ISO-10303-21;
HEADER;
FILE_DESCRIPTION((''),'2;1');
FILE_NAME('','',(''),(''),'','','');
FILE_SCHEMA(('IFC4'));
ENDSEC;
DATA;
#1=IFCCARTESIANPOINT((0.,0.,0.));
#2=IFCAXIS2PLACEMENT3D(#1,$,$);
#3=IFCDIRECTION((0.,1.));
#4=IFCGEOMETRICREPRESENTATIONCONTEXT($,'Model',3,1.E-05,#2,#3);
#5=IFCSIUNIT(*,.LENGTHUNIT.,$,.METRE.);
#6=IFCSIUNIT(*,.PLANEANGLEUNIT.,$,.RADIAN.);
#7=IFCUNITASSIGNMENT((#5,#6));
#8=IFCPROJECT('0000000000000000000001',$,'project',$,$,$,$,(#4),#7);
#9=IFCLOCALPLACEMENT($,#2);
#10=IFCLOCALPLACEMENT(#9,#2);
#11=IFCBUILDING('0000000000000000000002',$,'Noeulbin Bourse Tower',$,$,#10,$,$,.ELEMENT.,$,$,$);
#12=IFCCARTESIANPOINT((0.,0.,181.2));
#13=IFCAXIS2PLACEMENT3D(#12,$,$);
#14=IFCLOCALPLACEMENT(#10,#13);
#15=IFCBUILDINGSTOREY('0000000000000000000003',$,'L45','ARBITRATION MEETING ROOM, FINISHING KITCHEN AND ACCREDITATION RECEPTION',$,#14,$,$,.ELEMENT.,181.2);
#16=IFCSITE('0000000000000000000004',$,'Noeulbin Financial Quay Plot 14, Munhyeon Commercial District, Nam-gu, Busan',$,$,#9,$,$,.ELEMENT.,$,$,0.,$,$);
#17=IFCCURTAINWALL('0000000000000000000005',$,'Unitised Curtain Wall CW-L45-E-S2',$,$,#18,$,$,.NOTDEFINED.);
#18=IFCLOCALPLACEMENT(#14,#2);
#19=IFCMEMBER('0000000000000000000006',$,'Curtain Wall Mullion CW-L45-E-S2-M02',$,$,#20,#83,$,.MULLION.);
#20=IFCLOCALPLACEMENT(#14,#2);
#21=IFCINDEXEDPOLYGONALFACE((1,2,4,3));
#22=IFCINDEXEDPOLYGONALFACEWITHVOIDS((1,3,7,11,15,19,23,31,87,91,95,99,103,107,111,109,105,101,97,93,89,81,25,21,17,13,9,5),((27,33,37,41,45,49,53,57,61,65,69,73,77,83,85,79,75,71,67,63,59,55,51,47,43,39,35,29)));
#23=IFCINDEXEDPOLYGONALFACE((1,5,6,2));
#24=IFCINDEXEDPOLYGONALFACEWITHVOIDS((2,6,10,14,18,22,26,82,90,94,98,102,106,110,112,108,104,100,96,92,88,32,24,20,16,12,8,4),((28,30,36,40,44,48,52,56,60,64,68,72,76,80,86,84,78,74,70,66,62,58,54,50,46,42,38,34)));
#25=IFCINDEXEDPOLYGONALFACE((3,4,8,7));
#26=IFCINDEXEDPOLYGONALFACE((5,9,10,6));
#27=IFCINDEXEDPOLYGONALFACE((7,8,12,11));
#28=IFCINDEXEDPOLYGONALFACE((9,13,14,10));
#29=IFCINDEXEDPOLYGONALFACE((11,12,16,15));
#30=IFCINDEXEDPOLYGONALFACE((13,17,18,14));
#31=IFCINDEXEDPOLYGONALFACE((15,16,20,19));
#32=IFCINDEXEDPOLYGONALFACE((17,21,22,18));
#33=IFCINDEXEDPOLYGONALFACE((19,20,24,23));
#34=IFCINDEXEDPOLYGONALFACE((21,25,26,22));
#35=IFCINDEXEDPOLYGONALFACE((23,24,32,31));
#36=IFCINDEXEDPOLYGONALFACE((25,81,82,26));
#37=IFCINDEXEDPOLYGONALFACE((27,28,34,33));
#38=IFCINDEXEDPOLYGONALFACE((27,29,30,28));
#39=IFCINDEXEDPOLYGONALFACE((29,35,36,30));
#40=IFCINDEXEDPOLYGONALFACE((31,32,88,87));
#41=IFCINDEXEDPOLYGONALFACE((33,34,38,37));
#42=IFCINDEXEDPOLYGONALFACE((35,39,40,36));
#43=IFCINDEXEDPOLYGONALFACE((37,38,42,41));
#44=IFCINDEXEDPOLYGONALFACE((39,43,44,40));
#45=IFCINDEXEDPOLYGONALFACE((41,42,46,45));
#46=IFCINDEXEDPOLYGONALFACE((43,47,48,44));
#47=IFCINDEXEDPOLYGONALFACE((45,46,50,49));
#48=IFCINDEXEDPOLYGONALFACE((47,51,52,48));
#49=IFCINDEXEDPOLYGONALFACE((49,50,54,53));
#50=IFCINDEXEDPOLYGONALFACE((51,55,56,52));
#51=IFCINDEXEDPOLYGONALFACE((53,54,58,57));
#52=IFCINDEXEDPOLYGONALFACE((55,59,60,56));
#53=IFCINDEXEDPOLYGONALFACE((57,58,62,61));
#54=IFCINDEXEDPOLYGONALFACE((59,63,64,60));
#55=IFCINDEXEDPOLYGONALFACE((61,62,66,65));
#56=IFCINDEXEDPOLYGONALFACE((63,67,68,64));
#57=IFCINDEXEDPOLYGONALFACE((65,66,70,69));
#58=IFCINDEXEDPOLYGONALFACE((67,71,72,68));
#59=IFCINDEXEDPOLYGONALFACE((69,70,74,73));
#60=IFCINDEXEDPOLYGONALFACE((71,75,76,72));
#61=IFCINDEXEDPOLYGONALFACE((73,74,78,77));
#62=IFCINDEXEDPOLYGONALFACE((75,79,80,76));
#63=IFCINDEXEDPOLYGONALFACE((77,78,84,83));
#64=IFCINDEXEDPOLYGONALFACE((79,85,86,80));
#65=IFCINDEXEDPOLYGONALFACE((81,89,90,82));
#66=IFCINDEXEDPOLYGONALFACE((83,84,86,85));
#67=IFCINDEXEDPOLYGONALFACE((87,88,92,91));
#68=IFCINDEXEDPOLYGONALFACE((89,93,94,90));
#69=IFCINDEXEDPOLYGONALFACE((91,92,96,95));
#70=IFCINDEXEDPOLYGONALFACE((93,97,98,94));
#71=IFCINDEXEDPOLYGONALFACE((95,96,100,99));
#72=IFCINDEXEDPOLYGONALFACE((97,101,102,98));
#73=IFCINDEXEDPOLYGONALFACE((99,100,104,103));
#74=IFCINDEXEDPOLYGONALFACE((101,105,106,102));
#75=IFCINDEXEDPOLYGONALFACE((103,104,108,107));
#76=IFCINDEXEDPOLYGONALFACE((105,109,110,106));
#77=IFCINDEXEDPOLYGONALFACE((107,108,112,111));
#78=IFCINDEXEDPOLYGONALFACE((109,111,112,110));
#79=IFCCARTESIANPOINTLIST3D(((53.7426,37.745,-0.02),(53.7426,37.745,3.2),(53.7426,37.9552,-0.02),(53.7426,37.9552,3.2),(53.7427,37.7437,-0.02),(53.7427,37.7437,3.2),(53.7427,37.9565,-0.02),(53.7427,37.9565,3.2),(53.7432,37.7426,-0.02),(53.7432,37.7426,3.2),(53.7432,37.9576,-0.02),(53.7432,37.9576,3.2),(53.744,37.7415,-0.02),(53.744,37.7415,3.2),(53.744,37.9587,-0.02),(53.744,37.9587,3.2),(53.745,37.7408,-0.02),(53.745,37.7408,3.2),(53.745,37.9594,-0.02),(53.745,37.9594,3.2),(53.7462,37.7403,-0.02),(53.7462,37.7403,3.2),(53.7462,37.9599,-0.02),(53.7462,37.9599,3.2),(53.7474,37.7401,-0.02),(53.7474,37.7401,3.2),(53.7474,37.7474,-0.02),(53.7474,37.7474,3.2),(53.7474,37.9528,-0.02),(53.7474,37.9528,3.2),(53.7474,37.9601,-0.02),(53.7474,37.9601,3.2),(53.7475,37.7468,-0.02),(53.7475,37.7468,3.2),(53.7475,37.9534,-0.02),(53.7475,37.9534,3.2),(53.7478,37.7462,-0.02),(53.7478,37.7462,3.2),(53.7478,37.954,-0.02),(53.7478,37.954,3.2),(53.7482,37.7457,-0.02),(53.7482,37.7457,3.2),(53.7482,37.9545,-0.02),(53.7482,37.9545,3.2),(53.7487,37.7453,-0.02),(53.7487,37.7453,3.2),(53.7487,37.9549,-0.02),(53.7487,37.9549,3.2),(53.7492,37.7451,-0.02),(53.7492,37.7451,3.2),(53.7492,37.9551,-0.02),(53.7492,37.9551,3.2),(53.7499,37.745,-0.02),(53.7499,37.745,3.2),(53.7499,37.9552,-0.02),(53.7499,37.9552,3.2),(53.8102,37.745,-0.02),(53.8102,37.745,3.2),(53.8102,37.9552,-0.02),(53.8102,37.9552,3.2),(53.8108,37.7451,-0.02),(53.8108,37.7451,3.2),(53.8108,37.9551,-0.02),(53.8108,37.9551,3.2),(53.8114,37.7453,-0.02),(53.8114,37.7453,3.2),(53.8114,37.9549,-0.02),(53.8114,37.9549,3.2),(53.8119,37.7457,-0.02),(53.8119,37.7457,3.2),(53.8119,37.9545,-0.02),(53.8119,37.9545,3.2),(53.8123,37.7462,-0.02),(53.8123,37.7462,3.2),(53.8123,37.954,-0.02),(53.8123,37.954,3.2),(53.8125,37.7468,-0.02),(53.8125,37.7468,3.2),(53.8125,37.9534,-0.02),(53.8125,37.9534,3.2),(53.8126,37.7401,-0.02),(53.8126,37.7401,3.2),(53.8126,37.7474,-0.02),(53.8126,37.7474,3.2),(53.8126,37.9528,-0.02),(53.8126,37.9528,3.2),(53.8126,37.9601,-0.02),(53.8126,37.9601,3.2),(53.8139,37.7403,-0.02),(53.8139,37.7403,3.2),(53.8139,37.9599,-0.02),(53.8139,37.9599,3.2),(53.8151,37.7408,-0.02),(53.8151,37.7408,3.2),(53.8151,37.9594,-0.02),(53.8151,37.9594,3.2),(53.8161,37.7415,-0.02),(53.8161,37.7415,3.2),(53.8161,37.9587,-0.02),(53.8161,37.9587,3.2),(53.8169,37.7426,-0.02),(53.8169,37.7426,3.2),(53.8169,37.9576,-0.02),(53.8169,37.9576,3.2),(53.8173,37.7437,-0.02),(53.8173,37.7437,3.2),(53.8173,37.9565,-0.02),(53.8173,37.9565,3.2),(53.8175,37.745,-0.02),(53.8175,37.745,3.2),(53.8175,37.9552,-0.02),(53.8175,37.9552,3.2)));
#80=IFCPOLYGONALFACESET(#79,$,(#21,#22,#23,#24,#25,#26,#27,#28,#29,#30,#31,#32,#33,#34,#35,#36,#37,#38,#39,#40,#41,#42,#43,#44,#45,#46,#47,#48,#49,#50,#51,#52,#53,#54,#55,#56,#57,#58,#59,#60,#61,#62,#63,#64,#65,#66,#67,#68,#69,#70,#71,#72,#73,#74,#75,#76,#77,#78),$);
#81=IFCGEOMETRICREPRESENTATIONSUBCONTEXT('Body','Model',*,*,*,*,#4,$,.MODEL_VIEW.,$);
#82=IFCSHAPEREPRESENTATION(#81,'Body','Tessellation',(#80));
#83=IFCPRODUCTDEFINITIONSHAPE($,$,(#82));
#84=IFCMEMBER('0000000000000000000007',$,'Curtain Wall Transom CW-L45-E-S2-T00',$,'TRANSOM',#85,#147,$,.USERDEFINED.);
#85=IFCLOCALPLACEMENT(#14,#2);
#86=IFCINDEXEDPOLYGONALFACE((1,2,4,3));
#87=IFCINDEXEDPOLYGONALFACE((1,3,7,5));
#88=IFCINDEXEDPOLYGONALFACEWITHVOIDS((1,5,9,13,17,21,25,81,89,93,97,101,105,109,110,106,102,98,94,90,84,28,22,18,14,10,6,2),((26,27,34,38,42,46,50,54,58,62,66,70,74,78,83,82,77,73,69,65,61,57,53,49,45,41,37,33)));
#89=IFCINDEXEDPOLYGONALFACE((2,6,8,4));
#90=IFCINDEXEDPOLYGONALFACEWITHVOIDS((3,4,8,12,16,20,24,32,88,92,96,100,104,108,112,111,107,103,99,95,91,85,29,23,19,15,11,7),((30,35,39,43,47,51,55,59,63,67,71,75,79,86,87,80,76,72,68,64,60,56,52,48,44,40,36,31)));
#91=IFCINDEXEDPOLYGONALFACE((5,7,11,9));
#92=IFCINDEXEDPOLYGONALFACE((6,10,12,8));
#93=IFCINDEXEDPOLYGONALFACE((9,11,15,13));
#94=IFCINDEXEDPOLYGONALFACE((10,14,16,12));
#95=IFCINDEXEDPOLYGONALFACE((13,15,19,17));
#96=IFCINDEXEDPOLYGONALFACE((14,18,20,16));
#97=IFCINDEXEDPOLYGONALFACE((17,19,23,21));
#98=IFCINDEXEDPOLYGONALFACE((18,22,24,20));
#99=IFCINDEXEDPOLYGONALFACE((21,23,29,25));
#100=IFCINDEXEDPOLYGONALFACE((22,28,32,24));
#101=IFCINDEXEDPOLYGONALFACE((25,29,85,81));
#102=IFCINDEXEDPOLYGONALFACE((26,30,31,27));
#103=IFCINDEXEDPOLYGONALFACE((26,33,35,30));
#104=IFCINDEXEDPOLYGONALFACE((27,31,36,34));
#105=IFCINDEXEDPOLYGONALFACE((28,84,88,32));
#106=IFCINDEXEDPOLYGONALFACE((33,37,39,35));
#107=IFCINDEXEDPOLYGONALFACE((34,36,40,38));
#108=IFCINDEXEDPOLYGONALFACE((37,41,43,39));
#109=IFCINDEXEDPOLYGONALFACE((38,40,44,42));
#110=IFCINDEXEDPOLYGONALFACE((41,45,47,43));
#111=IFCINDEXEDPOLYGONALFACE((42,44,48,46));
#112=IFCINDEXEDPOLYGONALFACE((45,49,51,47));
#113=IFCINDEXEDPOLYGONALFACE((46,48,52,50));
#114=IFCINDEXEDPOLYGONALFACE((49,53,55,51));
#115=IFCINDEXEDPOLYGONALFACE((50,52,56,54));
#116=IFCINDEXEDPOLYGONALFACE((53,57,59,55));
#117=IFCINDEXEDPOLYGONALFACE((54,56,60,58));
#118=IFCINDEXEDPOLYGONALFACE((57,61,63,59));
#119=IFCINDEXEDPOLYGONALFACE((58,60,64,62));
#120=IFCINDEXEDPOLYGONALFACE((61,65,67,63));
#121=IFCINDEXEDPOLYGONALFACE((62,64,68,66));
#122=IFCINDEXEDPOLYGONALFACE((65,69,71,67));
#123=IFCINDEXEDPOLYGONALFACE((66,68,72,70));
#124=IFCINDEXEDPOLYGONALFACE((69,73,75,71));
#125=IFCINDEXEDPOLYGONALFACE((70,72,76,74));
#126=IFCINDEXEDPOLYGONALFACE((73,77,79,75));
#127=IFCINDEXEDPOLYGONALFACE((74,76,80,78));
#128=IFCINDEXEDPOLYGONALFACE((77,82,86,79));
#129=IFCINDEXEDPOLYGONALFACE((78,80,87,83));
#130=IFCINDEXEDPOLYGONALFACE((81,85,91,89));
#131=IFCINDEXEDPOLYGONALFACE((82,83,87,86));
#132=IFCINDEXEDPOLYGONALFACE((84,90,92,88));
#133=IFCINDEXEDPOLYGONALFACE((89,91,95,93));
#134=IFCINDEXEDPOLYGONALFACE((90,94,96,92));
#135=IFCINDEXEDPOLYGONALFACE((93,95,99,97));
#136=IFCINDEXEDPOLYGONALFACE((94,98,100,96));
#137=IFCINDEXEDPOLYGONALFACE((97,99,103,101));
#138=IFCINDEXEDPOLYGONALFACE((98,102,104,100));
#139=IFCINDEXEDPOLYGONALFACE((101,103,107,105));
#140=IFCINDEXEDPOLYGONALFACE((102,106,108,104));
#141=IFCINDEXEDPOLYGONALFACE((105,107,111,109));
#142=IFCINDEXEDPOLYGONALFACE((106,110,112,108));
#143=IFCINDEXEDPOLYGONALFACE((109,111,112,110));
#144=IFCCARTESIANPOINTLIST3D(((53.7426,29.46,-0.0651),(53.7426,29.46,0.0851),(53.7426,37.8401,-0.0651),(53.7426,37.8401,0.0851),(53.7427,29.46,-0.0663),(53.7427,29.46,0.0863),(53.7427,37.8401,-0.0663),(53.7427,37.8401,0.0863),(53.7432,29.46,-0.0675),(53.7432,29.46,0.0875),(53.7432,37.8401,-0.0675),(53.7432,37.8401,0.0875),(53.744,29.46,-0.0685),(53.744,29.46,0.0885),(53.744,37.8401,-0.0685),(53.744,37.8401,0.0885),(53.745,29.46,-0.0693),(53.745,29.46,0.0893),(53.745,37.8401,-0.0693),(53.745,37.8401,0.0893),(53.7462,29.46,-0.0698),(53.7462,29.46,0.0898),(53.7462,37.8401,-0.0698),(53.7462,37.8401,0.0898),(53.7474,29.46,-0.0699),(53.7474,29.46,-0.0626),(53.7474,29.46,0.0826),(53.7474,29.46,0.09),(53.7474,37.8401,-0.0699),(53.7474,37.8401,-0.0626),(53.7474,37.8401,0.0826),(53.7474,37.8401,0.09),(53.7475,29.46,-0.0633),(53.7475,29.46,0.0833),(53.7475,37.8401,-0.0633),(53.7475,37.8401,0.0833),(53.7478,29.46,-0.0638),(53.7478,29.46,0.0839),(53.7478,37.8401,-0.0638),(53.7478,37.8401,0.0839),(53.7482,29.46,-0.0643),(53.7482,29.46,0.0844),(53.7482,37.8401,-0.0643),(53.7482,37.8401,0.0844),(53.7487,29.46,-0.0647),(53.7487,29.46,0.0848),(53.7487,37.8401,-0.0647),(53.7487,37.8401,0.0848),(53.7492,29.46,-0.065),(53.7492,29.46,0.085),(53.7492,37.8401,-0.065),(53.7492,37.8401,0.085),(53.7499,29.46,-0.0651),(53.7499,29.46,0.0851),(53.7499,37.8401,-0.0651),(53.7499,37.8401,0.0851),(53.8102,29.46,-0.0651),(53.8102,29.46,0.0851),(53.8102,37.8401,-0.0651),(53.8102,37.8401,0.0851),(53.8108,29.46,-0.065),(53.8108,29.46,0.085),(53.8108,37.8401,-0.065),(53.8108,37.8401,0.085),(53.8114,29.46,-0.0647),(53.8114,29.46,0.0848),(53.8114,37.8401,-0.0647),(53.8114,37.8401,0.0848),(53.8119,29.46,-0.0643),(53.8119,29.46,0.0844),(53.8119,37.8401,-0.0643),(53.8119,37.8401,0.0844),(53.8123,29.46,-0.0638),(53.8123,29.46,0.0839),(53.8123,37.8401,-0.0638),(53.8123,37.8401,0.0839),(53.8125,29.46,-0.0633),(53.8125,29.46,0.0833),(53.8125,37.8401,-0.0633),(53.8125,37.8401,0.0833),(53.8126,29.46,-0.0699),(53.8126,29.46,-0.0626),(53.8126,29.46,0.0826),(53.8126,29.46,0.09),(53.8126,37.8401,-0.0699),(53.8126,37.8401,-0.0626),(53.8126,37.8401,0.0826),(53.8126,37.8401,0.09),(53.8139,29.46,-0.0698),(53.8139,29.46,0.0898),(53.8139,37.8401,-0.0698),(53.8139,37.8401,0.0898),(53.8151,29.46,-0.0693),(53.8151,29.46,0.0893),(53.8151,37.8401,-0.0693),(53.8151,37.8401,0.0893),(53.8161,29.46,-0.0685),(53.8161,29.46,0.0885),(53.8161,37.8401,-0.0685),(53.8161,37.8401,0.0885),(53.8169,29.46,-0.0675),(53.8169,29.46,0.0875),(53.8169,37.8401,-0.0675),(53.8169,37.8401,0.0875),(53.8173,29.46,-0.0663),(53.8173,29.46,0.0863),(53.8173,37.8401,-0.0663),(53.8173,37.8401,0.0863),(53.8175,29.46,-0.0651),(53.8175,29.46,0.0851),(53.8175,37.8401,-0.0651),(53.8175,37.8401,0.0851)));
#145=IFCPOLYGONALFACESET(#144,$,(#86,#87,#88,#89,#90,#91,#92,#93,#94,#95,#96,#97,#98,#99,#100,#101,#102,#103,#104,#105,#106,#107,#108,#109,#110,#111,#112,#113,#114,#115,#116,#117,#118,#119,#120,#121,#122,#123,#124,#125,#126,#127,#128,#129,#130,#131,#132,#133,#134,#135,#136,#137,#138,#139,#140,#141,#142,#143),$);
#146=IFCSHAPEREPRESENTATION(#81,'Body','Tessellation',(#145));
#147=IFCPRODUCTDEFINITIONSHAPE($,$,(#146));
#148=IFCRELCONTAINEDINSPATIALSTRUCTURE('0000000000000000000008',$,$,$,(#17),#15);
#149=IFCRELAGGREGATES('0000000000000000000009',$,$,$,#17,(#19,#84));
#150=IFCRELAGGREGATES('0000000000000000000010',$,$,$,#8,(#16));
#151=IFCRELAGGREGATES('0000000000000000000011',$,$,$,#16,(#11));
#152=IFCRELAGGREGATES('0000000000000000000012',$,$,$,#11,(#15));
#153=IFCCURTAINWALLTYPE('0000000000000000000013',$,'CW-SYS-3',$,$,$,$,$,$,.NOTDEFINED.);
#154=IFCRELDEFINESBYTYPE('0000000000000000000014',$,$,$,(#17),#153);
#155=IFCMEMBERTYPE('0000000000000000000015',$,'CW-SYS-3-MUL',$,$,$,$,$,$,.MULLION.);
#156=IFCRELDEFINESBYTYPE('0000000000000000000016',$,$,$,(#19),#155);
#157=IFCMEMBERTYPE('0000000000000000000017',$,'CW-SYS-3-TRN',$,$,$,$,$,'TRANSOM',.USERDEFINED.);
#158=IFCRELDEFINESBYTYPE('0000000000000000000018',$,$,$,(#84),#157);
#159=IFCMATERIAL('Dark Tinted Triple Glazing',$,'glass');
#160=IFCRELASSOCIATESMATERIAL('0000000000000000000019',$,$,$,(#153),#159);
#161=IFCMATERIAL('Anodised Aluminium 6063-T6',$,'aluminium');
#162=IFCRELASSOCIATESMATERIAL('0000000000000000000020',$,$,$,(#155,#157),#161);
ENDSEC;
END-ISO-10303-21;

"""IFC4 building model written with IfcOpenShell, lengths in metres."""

from ifc_helpers import new_model, si_unit, direction, frame, origin, origin_2d, place, context, subcontext, project, spatial, hollow_rectangle, extrude, material, material_profile, profile_set, type_object, element, aggregate, save


model = new_model("IFC4")

# Units and contexts
model_context = context("Model", 3, precision=1e-05, world=origin(), true_north=direction((0.0, 1.0)))
body_context = subcontext(model_context, "Body", "Model", "MODEL_VIEW")
ifc_project = project(units=[si_unit("LENGTHUNIT", "METRE"), si_unit("PLANEANGLEUNIT", "RADIAN")], contexts=[model_context])

# Site, building, storey
site_placement = place(None, origin())
site = spatial("IfcSite", under=ifc_project, at=site_placement, Name="Noeulbin Financial Quay Plot 14, Munhyeon Commercial District, Nam-gu, Busan", CompositionType="ELEMENT", RefElevation=0.0)
building_placement = place(site_placement, origin())
building = spatial("IfcBuilding", under=site, at=building_placement, Name="Noeulbin Bourse Tower", CompositionType="ELEMENT")
storey_placement = place(building_placement, frame((0.0, 0.0, 181.2)))
storey = spatial("IfcBuildingStorey", under=building, at=storey_placement, Name="L45", Description="ARBITRATION MEETING ROOM, FINISHING KITCHEN AND ACCREDITATION RECEPTION", CompositionType="ELEMENT", Elevation=181.2)

# Curtain wall, members
ifc_material_1 = material(Name="Dark Tinted Triple Glazing", Category="glass")
curtain_wall_type = type_object("IfcCurtainWallType", Name="CW-SYS-3", PredefinedType="NOTDEFINED", material=ifc_material_1)
curtain_wall_placement = place(storey_placement, origin())
curtain_wall = element("IfcCurtainWall", 1, at=curtain_wall_placement, inside=storey, type_object=curtain_wall_type, Name="Unitised Curtain Wall CW-L45-E-S2", PredefinedType="NOTDEFINED")
ifc_material_2 = material(Name="Anodised Aluminium 6063-T6", Category="aluminium")
ifc_material_profile_1 = material_profile(ifc_material_2, hollow_rectangle(XDim=0.075, YDim=0.22, WallThickness=0.0049, InnerFilletRadius=0.0024, OuterFilletRadius=0.0049, at=origin_2d()), Name="ALU-MULL-75x220x5", Category="LoadBearing")
ifc_profile_set_1 = profile_set([ifc_material_profile_1], Name="Anodised Aluminium 6063-T6")
member_type_1 = type_object("IfcMemberType", Name="CW-SYS-3-MUL", PredefinedType="MULLION", material=ifc_profile_set_1)
member_1_placement = place(storey_placement, frame((53.78, 37.8501, -0.02), z_axis=(0.0, 0.0, 1.0), x_axis=(1.0, 0.0, 0.0)))
member_1 = element("IfcMember", 2, at=member_1_placement, type_object=member_type_1, Name="Curtain Wall Mullion CW-L45-E-S2-M02", PredefinedType="MULLION", context=body_context, shape_type="SweptSolid", body=[
    extrude(hollow_rectangle(XDim=0.075, YDim=0.22, WallThickness=0.0049, InnerFilletRadius=0.0024, OuterFilletRadius=0.0049, at=origin_2d()), origin(), (0.0, 0.0, 1.0), 3.22),
])
ifc_material_profile_2 = material_profile(ifc_material_2, hollow_rectangle(XDim=0.075, YDim=0.1599, WallThickness=0.0049, InnerFilletRadius=0.0024, OuterFilletRadius=0.0049, at=origin_2d()), Name="ALU-TRAN-75x160x5", Category="LoadBearing")
ifc_profile_set_2 = profile_set([ifc_material_profile_2], Name="Anodised Aluminium 6063-T6")
member_type_2 = type_object("IfcMemberType", Name="CW-SYS-3-TRN", ElementType="TRANSOM", PredefinedType="USERDEFINED", material=ifc_profile_set_2)
member_2_placement = place(storey_placement, frame((53.78, 29.46, 0.01), z_axis=(0.0, 1.0, 0.0), x_axis=(-1.0, 0.0, 0.0)))
member_2 = element("IfcMember", 3, at=member_2_placement, type_object=member_type_2, Name="Curtain Wall Transom CW-L45-E-S2-T00", ObjectType="TRANSOM", PredefinedType="USERDEFINED", context=body_context, shape_type="SweptSolid", body=[
    extrude(hollow_rectangle(XDim=0.075, YDim=0.1599, WallThickness=0.0049, InnerFilletRadius=0.0024, OuterFilletRadius=0.0049, at=origin_2d()), origin(), (0.0, 0.0, 1.0), 8.3801),
])
aggregate(curtain_wall, [member_1, member_2])

save(model, "model.ifc")
